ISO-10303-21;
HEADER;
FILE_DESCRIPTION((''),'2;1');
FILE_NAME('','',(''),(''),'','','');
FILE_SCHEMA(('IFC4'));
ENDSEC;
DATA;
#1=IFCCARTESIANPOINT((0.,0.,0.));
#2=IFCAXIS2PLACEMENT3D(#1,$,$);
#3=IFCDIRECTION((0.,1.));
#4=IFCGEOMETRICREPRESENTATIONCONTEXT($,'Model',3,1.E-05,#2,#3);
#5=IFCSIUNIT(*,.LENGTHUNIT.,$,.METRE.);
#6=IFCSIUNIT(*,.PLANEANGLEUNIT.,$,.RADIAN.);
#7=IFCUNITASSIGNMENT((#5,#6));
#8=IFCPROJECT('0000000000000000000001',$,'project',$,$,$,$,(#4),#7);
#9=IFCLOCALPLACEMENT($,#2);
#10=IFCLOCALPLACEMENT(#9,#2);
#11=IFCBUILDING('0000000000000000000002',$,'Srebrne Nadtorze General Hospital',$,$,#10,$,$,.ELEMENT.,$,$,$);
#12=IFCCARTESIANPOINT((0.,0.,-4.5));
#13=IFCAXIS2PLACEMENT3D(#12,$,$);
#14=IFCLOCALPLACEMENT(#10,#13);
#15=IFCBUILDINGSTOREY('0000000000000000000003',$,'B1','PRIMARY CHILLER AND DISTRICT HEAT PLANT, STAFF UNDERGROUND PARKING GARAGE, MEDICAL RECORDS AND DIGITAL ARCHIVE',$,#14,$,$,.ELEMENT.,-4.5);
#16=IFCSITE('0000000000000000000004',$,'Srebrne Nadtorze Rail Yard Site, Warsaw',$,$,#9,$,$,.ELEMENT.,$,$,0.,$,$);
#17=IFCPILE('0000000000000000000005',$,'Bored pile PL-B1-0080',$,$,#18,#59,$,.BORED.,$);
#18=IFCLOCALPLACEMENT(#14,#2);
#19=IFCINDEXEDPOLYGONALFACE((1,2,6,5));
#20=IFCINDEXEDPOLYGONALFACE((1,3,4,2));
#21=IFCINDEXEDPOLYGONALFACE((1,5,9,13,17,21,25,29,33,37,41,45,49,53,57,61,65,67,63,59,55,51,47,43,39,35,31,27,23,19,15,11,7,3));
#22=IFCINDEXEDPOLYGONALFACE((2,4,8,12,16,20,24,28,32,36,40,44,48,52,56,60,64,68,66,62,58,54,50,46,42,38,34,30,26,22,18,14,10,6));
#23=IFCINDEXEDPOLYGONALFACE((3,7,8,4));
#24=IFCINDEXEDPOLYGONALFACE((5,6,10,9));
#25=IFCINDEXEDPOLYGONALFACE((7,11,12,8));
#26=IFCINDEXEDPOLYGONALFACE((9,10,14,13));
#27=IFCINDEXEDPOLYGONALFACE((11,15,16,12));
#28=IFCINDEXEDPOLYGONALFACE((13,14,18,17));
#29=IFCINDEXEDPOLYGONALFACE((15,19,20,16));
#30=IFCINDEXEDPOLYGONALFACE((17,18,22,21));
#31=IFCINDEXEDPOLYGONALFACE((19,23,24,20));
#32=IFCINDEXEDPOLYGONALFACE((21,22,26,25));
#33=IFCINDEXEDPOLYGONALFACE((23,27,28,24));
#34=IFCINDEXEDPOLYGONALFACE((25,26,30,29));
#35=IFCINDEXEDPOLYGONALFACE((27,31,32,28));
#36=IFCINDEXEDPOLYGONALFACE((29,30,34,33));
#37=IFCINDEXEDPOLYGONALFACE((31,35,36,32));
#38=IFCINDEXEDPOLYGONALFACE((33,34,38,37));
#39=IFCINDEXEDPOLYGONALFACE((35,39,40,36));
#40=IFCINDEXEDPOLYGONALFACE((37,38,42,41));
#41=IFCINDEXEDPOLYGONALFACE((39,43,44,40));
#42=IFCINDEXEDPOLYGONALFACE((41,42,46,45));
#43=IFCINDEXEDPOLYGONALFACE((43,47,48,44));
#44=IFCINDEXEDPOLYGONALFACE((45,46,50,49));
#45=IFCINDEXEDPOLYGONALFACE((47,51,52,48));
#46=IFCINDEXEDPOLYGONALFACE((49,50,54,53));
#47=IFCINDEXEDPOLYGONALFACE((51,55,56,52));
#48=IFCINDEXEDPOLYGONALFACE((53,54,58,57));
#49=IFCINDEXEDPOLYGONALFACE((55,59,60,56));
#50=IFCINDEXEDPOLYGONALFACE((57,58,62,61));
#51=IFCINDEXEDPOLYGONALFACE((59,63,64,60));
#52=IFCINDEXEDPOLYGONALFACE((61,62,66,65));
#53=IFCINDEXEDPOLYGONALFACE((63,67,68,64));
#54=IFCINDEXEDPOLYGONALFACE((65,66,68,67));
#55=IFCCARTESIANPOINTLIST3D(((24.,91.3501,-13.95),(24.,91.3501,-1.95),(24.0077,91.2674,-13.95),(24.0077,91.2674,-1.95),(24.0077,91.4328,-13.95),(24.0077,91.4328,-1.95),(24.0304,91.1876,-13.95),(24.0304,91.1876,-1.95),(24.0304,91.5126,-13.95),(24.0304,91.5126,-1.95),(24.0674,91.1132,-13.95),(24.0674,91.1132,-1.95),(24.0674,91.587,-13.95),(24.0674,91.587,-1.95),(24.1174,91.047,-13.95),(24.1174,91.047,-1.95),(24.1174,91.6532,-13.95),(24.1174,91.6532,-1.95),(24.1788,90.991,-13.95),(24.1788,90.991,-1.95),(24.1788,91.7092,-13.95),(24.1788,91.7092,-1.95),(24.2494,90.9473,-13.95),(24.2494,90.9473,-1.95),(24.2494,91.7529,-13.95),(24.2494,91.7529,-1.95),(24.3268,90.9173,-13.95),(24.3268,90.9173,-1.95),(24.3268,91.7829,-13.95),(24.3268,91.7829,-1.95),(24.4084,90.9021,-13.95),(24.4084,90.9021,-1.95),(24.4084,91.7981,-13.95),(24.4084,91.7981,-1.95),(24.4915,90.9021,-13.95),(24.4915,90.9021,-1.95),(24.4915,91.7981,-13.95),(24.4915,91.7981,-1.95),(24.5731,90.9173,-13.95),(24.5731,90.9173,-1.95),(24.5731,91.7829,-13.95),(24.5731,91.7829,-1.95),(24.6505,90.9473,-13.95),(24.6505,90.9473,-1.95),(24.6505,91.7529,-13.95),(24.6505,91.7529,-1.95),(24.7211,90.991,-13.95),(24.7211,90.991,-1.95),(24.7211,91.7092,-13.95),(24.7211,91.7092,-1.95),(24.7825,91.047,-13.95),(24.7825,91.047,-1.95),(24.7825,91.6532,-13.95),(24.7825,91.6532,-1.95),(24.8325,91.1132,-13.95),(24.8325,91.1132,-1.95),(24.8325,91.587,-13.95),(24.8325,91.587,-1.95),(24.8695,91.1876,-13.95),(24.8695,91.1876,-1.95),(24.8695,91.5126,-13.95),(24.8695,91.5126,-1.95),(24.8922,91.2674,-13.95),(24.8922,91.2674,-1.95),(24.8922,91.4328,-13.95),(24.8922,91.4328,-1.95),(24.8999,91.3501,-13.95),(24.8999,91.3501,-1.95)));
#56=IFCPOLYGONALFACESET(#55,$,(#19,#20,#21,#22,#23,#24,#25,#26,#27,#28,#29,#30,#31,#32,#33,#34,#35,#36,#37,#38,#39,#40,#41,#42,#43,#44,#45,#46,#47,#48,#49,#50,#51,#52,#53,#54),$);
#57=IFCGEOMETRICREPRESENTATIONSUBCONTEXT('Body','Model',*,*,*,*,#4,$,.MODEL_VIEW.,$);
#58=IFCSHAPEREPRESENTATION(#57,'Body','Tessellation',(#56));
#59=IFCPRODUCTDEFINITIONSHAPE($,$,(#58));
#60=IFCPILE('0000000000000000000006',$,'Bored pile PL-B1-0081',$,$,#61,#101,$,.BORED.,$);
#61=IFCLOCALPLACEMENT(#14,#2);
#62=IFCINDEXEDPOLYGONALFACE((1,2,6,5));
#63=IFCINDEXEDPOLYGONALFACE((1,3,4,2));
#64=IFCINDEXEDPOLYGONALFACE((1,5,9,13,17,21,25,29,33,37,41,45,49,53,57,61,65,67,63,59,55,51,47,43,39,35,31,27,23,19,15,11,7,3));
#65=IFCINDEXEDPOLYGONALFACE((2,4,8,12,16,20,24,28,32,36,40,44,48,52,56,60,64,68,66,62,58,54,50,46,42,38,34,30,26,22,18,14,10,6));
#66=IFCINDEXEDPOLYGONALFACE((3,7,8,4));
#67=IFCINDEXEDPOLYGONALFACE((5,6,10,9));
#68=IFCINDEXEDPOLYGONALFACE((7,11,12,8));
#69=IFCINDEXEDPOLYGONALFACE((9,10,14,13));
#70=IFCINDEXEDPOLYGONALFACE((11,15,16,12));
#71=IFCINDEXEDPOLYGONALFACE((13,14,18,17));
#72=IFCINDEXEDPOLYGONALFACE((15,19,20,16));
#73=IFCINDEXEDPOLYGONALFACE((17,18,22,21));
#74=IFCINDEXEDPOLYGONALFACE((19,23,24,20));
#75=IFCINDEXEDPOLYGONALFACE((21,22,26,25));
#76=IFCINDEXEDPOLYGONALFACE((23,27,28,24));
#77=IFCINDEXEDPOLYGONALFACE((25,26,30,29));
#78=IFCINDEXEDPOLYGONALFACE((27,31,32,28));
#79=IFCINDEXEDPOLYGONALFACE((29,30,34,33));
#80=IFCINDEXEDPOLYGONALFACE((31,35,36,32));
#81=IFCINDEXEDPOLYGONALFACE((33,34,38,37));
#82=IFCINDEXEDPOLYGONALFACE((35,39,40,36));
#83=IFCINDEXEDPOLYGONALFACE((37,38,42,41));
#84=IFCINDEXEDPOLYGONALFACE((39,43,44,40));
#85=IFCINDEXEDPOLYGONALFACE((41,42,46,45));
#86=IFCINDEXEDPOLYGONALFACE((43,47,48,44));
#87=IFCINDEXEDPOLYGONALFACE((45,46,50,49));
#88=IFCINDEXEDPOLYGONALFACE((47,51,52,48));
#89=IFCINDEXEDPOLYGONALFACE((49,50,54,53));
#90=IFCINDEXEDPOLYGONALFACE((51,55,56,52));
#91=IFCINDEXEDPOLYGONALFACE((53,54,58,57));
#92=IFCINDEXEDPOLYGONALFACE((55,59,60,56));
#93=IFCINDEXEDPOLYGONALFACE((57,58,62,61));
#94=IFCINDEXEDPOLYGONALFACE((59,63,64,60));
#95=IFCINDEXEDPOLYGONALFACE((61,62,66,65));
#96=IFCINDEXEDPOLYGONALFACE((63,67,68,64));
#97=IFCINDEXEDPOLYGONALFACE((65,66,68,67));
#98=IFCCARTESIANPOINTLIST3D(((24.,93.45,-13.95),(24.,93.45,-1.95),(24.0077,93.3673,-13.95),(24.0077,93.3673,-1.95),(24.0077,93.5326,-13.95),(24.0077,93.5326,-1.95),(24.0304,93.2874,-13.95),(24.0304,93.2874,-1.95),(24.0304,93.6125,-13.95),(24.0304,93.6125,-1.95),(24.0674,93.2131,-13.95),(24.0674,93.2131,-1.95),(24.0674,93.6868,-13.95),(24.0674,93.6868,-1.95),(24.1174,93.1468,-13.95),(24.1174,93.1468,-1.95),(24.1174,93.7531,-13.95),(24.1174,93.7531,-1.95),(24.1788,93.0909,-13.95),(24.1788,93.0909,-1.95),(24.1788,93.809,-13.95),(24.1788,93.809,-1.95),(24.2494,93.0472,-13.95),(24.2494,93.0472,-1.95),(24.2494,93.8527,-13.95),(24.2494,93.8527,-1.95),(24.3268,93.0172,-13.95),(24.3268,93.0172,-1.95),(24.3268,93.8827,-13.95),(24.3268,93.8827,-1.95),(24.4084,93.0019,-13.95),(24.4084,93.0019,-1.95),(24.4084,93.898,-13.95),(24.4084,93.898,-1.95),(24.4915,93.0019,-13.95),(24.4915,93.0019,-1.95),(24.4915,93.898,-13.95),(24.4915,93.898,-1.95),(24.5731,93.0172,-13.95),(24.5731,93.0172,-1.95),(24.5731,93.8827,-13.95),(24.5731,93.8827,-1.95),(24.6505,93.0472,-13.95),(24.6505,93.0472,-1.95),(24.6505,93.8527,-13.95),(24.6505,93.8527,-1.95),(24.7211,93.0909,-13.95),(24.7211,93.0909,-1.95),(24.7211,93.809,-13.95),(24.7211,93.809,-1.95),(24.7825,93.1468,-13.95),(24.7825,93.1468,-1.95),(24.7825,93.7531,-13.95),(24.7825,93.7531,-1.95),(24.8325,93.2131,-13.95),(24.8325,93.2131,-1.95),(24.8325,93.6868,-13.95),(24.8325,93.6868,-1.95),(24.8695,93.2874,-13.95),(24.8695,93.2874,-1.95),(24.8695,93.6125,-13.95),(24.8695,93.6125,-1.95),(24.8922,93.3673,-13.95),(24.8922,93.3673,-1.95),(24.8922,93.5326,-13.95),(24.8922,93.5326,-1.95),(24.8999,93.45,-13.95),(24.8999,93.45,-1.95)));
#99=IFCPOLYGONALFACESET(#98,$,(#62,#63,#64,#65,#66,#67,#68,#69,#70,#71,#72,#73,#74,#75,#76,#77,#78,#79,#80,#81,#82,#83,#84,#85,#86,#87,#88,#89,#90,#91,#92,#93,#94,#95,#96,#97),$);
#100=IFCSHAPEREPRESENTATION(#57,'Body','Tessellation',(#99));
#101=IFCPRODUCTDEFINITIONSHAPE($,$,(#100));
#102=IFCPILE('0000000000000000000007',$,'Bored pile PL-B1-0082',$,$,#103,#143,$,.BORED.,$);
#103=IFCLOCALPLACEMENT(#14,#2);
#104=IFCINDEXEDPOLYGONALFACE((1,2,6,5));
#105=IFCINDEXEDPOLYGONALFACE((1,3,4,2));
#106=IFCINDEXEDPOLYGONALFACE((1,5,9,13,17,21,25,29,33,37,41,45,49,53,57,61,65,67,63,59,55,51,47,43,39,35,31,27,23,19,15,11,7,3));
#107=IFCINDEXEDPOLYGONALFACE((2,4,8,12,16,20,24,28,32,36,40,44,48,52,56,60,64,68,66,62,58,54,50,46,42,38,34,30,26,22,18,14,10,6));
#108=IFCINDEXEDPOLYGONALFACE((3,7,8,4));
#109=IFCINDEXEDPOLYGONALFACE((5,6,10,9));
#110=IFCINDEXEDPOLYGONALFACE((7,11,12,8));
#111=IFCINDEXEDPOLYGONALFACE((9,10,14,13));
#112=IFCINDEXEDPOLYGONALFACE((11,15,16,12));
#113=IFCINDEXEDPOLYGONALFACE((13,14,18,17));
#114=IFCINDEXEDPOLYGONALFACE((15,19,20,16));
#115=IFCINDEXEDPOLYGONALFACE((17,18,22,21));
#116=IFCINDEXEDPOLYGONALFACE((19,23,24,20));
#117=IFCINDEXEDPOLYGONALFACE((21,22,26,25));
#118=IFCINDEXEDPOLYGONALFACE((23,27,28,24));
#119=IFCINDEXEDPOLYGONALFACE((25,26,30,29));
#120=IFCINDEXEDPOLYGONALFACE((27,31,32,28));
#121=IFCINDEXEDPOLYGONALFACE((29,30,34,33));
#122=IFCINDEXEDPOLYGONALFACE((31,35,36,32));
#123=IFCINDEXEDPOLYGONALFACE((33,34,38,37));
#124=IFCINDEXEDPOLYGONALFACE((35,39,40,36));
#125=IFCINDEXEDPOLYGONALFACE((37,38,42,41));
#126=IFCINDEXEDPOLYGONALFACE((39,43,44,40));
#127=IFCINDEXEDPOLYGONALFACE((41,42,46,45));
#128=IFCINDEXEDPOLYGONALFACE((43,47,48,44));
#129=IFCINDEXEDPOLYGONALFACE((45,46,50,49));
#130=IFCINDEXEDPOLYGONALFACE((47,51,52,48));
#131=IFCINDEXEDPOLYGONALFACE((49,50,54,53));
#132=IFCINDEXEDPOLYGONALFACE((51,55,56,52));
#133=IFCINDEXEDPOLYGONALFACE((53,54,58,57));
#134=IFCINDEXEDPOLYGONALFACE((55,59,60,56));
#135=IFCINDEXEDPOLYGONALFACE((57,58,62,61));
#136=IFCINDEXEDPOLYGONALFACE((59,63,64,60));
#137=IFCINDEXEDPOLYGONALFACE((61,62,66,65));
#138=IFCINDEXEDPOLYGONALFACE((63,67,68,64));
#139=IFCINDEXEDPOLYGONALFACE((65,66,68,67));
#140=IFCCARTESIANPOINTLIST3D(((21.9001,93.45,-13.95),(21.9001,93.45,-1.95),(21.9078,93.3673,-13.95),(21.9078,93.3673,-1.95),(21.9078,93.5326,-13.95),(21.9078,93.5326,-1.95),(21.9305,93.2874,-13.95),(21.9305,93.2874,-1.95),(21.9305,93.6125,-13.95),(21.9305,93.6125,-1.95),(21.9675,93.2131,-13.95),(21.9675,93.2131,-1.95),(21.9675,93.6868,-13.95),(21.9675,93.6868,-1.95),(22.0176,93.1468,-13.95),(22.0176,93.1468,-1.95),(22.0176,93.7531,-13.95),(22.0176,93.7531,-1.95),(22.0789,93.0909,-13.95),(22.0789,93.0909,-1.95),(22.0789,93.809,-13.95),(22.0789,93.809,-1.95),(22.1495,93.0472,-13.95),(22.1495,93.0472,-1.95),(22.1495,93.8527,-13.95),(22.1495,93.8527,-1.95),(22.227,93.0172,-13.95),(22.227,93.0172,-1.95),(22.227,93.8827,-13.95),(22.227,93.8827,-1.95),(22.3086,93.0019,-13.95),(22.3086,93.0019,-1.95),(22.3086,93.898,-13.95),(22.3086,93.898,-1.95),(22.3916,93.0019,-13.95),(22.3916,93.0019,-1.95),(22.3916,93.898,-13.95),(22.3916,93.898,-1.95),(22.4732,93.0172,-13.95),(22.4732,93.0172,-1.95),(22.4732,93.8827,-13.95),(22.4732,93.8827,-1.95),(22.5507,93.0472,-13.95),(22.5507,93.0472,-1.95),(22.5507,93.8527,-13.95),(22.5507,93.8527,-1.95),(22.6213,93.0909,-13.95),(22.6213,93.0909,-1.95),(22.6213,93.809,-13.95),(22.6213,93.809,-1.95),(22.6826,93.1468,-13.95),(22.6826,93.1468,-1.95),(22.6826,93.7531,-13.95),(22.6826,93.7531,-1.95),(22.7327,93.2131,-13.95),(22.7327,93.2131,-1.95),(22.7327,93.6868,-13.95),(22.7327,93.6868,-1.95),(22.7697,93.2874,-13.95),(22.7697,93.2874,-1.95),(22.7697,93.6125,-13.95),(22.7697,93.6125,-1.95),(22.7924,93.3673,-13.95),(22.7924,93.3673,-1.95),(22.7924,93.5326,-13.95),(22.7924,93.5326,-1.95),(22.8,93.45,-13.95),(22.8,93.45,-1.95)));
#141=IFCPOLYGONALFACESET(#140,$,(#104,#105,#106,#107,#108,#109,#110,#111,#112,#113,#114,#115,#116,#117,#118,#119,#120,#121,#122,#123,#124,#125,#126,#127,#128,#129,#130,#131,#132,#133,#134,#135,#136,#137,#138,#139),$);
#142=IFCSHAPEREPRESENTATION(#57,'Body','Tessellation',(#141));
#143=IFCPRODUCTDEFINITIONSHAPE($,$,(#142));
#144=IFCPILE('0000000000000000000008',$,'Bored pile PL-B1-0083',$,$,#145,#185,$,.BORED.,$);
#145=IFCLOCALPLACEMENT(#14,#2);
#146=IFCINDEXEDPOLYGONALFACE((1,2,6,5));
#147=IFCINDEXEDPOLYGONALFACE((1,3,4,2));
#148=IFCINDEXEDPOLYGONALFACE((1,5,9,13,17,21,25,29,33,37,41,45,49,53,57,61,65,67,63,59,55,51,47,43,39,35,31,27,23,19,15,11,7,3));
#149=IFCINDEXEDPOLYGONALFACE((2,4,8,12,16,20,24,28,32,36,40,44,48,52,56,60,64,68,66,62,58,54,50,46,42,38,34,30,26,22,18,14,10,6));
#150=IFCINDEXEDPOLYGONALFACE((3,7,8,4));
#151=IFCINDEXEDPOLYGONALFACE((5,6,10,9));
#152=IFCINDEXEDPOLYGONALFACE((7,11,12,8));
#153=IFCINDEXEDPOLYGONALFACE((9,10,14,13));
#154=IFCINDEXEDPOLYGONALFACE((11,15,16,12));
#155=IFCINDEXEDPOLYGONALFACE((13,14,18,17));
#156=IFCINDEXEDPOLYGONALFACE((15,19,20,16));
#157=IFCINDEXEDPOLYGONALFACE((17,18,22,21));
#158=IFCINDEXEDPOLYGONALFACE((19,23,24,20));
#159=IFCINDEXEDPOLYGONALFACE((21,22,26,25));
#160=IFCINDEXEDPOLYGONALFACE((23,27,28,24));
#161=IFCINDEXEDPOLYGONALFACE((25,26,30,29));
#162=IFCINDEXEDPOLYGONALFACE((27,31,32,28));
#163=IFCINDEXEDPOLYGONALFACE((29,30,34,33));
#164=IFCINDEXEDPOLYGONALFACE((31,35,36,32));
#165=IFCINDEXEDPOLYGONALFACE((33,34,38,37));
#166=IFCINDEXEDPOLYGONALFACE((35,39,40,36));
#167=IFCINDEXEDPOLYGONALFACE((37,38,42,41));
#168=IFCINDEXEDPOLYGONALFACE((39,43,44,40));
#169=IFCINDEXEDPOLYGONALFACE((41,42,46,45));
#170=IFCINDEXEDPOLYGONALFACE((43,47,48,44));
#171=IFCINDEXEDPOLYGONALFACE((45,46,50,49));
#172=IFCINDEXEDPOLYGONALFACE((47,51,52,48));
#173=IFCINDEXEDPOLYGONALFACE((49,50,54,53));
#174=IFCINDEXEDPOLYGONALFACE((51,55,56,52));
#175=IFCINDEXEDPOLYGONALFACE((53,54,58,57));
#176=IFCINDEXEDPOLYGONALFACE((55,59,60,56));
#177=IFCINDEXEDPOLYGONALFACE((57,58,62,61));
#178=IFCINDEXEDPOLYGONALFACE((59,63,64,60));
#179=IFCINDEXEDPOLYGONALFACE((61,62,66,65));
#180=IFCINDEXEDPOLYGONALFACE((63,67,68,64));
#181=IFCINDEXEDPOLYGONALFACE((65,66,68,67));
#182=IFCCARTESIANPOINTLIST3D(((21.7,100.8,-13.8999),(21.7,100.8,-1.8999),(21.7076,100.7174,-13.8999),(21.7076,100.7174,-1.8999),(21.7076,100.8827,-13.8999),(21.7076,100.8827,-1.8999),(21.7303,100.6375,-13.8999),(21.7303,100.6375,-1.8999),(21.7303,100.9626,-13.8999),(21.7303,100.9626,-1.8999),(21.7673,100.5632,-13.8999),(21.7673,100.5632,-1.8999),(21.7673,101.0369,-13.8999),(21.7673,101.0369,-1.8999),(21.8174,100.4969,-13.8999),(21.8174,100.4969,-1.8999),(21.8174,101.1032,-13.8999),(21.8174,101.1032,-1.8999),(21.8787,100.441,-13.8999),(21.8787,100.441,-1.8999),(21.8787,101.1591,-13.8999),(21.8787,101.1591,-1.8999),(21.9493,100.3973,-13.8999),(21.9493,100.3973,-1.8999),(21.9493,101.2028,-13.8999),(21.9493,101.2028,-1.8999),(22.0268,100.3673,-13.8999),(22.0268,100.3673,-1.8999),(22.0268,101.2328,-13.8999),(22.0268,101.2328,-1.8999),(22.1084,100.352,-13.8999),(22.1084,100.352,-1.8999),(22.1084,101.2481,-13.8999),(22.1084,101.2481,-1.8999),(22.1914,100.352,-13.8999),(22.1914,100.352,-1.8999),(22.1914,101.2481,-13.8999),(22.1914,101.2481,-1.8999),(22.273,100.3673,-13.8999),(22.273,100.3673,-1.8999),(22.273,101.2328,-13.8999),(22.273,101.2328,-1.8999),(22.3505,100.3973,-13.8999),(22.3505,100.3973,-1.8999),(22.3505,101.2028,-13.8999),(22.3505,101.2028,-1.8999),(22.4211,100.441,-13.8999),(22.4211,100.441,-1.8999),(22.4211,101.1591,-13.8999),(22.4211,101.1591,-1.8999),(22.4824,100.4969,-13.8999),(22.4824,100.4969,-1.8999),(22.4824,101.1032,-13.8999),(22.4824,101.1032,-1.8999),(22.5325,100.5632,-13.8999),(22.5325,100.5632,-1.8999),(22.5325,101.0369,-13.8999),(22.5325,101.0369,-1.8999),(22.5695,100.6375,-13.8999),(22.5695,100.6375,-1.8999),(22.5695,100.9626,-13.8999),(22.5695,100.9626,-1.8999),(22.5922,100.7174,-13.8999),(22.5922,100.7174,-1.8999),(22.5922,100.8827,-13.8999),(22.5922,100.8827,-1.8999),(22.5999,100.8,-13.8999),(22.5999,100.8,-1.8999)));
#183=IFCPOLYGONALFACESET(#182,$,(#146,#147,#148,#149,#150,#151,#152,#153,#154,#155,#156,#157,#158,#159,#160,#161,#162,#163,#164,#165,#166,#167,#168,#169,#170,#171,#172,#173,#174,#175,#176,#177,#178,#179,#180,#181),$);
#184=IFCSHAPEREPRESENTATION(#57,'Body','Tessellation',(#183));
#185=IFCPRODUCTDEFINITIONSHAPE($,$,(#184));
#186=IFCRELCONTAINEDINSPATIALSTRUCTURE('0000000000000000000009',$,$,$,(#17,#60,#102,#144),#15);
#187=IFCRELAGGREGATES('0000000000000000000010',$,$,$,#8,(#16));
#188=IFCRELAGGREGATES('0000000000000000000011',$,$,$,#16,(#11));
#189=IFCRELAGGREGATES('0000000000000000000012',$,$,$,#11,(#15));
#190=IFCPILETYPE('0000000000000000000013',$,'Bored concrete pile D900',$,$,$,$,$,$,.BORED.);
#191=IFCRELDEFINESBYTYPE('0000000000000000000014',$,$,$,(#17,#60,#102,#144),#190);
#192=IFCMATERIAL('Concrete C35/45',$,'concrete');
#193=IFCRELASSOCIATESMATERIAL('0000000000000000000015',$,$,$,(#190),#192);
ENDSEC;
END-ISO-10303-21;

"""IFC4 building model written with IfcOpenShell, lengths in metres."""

from ifc_helpers import new_model, si_unit, direction, frame, origin, origin_2d, place, context, subcontext, project, spatial, circle, extrude, material, material_profile, profile_set, type_object, element, save


model = new_model("IFC4")

# Units and contexts
model_context = context("Model", 3, precision=1e-05, world=origin(), true_north=direction((0.0, 1.0)))
body_context = subcontext(model_context, "Body", "Model", "MODEL_VIEW")
ifc_project = project(units=[si_unit("LENGTHUNIT", "METRE"), si_unit("PLANEANGLEUNIT", "RADIAN")], contexts=[model_context])

# Site, building, storey
site_placement = place(None, origin())
site = spatial("IfcSite", under=ifc_project, at=site_placement, Name="Srebrne Nadtorze Rail Yard Site, Warsaw", CompositionType="ELEMENT", RefElevation=0.0)
building_placement = place(site_placement, origin())
building = spatial("IfcBuilding", under=site, at=building_placement, Name="Srebrne Nadtorze General Hospital", CompositionType="ELEMENT")
storey_placement = place(building_placement, frame((0.0, 0.0, -4.5)))
storey = spatial("IfcBuildingStorey", under=building, at=storey_placement, Name="B1", Description="PRIMARY CHILLER AND DISTRICT HEAT PLANT, STAFF UNDERGROUND PARKING GARAGE, MEDICAL RECORDS AND DIGITAL ARCHIVE", CompositionType="ELEMENT", Elevation=-4.5)

# Piles
ifc_material_1 = material(Name="Concrete C35/45", Category="concrete")
ifc_material_profile_1 = material_profile(ifc_material_1, circle(Radius=0.45, at=origin_2d()), Name="PILE-D900")
ifc_profile_set_1 = profile_set([ifc_material_profile_1], Name="Concrete C35/45")
pile_type_1 = type_object("IfcPileType", Name="Bored concrete pile D900", PredefinedType="BORED", material=ifc_profile_set_1)
for number, where, z_axis, x_axis, name in (
    (1, (24.45, 91.3501, -1.95), (0.0, 0.0, -1.0), (1.0, 0.0, 0.0), "Bored pile PL-B1-0080"),
    (2, (24.45, 93.45, -1.95), (0.0, 0.0, -1.0), (1.0, 0.0, 0.0), "Bored pile PL-B1-0081"),
    (3, (22.3501, 93.45, -1.95), (0.0, 0.0, -1.0), (1.0, 0.0, 0.0), "Bored pile PL-B1-0082"),
    (4, (22.1499, 100.8, -1.8999), (0.0, 0.0, -1.0), (1.0, 0.0, 0.0), "Bored pile PL-B1-0083"),
):
    element("IfcPile", number, at=place(storey_placement, frame(where, z_axis=z_axis, x_axis=x_axis)), inside=storey, type_object=pile_type_1, Name=name, PredefinedType="BORED", context=body_context, shape_type="SweptSolid", body=[
        extrude(circle(Radius=0.45, at=origin_2d()), origin(), (0.0, 0.0, 1.0), 12.0),
    ])

save(model, "model.ifc")
